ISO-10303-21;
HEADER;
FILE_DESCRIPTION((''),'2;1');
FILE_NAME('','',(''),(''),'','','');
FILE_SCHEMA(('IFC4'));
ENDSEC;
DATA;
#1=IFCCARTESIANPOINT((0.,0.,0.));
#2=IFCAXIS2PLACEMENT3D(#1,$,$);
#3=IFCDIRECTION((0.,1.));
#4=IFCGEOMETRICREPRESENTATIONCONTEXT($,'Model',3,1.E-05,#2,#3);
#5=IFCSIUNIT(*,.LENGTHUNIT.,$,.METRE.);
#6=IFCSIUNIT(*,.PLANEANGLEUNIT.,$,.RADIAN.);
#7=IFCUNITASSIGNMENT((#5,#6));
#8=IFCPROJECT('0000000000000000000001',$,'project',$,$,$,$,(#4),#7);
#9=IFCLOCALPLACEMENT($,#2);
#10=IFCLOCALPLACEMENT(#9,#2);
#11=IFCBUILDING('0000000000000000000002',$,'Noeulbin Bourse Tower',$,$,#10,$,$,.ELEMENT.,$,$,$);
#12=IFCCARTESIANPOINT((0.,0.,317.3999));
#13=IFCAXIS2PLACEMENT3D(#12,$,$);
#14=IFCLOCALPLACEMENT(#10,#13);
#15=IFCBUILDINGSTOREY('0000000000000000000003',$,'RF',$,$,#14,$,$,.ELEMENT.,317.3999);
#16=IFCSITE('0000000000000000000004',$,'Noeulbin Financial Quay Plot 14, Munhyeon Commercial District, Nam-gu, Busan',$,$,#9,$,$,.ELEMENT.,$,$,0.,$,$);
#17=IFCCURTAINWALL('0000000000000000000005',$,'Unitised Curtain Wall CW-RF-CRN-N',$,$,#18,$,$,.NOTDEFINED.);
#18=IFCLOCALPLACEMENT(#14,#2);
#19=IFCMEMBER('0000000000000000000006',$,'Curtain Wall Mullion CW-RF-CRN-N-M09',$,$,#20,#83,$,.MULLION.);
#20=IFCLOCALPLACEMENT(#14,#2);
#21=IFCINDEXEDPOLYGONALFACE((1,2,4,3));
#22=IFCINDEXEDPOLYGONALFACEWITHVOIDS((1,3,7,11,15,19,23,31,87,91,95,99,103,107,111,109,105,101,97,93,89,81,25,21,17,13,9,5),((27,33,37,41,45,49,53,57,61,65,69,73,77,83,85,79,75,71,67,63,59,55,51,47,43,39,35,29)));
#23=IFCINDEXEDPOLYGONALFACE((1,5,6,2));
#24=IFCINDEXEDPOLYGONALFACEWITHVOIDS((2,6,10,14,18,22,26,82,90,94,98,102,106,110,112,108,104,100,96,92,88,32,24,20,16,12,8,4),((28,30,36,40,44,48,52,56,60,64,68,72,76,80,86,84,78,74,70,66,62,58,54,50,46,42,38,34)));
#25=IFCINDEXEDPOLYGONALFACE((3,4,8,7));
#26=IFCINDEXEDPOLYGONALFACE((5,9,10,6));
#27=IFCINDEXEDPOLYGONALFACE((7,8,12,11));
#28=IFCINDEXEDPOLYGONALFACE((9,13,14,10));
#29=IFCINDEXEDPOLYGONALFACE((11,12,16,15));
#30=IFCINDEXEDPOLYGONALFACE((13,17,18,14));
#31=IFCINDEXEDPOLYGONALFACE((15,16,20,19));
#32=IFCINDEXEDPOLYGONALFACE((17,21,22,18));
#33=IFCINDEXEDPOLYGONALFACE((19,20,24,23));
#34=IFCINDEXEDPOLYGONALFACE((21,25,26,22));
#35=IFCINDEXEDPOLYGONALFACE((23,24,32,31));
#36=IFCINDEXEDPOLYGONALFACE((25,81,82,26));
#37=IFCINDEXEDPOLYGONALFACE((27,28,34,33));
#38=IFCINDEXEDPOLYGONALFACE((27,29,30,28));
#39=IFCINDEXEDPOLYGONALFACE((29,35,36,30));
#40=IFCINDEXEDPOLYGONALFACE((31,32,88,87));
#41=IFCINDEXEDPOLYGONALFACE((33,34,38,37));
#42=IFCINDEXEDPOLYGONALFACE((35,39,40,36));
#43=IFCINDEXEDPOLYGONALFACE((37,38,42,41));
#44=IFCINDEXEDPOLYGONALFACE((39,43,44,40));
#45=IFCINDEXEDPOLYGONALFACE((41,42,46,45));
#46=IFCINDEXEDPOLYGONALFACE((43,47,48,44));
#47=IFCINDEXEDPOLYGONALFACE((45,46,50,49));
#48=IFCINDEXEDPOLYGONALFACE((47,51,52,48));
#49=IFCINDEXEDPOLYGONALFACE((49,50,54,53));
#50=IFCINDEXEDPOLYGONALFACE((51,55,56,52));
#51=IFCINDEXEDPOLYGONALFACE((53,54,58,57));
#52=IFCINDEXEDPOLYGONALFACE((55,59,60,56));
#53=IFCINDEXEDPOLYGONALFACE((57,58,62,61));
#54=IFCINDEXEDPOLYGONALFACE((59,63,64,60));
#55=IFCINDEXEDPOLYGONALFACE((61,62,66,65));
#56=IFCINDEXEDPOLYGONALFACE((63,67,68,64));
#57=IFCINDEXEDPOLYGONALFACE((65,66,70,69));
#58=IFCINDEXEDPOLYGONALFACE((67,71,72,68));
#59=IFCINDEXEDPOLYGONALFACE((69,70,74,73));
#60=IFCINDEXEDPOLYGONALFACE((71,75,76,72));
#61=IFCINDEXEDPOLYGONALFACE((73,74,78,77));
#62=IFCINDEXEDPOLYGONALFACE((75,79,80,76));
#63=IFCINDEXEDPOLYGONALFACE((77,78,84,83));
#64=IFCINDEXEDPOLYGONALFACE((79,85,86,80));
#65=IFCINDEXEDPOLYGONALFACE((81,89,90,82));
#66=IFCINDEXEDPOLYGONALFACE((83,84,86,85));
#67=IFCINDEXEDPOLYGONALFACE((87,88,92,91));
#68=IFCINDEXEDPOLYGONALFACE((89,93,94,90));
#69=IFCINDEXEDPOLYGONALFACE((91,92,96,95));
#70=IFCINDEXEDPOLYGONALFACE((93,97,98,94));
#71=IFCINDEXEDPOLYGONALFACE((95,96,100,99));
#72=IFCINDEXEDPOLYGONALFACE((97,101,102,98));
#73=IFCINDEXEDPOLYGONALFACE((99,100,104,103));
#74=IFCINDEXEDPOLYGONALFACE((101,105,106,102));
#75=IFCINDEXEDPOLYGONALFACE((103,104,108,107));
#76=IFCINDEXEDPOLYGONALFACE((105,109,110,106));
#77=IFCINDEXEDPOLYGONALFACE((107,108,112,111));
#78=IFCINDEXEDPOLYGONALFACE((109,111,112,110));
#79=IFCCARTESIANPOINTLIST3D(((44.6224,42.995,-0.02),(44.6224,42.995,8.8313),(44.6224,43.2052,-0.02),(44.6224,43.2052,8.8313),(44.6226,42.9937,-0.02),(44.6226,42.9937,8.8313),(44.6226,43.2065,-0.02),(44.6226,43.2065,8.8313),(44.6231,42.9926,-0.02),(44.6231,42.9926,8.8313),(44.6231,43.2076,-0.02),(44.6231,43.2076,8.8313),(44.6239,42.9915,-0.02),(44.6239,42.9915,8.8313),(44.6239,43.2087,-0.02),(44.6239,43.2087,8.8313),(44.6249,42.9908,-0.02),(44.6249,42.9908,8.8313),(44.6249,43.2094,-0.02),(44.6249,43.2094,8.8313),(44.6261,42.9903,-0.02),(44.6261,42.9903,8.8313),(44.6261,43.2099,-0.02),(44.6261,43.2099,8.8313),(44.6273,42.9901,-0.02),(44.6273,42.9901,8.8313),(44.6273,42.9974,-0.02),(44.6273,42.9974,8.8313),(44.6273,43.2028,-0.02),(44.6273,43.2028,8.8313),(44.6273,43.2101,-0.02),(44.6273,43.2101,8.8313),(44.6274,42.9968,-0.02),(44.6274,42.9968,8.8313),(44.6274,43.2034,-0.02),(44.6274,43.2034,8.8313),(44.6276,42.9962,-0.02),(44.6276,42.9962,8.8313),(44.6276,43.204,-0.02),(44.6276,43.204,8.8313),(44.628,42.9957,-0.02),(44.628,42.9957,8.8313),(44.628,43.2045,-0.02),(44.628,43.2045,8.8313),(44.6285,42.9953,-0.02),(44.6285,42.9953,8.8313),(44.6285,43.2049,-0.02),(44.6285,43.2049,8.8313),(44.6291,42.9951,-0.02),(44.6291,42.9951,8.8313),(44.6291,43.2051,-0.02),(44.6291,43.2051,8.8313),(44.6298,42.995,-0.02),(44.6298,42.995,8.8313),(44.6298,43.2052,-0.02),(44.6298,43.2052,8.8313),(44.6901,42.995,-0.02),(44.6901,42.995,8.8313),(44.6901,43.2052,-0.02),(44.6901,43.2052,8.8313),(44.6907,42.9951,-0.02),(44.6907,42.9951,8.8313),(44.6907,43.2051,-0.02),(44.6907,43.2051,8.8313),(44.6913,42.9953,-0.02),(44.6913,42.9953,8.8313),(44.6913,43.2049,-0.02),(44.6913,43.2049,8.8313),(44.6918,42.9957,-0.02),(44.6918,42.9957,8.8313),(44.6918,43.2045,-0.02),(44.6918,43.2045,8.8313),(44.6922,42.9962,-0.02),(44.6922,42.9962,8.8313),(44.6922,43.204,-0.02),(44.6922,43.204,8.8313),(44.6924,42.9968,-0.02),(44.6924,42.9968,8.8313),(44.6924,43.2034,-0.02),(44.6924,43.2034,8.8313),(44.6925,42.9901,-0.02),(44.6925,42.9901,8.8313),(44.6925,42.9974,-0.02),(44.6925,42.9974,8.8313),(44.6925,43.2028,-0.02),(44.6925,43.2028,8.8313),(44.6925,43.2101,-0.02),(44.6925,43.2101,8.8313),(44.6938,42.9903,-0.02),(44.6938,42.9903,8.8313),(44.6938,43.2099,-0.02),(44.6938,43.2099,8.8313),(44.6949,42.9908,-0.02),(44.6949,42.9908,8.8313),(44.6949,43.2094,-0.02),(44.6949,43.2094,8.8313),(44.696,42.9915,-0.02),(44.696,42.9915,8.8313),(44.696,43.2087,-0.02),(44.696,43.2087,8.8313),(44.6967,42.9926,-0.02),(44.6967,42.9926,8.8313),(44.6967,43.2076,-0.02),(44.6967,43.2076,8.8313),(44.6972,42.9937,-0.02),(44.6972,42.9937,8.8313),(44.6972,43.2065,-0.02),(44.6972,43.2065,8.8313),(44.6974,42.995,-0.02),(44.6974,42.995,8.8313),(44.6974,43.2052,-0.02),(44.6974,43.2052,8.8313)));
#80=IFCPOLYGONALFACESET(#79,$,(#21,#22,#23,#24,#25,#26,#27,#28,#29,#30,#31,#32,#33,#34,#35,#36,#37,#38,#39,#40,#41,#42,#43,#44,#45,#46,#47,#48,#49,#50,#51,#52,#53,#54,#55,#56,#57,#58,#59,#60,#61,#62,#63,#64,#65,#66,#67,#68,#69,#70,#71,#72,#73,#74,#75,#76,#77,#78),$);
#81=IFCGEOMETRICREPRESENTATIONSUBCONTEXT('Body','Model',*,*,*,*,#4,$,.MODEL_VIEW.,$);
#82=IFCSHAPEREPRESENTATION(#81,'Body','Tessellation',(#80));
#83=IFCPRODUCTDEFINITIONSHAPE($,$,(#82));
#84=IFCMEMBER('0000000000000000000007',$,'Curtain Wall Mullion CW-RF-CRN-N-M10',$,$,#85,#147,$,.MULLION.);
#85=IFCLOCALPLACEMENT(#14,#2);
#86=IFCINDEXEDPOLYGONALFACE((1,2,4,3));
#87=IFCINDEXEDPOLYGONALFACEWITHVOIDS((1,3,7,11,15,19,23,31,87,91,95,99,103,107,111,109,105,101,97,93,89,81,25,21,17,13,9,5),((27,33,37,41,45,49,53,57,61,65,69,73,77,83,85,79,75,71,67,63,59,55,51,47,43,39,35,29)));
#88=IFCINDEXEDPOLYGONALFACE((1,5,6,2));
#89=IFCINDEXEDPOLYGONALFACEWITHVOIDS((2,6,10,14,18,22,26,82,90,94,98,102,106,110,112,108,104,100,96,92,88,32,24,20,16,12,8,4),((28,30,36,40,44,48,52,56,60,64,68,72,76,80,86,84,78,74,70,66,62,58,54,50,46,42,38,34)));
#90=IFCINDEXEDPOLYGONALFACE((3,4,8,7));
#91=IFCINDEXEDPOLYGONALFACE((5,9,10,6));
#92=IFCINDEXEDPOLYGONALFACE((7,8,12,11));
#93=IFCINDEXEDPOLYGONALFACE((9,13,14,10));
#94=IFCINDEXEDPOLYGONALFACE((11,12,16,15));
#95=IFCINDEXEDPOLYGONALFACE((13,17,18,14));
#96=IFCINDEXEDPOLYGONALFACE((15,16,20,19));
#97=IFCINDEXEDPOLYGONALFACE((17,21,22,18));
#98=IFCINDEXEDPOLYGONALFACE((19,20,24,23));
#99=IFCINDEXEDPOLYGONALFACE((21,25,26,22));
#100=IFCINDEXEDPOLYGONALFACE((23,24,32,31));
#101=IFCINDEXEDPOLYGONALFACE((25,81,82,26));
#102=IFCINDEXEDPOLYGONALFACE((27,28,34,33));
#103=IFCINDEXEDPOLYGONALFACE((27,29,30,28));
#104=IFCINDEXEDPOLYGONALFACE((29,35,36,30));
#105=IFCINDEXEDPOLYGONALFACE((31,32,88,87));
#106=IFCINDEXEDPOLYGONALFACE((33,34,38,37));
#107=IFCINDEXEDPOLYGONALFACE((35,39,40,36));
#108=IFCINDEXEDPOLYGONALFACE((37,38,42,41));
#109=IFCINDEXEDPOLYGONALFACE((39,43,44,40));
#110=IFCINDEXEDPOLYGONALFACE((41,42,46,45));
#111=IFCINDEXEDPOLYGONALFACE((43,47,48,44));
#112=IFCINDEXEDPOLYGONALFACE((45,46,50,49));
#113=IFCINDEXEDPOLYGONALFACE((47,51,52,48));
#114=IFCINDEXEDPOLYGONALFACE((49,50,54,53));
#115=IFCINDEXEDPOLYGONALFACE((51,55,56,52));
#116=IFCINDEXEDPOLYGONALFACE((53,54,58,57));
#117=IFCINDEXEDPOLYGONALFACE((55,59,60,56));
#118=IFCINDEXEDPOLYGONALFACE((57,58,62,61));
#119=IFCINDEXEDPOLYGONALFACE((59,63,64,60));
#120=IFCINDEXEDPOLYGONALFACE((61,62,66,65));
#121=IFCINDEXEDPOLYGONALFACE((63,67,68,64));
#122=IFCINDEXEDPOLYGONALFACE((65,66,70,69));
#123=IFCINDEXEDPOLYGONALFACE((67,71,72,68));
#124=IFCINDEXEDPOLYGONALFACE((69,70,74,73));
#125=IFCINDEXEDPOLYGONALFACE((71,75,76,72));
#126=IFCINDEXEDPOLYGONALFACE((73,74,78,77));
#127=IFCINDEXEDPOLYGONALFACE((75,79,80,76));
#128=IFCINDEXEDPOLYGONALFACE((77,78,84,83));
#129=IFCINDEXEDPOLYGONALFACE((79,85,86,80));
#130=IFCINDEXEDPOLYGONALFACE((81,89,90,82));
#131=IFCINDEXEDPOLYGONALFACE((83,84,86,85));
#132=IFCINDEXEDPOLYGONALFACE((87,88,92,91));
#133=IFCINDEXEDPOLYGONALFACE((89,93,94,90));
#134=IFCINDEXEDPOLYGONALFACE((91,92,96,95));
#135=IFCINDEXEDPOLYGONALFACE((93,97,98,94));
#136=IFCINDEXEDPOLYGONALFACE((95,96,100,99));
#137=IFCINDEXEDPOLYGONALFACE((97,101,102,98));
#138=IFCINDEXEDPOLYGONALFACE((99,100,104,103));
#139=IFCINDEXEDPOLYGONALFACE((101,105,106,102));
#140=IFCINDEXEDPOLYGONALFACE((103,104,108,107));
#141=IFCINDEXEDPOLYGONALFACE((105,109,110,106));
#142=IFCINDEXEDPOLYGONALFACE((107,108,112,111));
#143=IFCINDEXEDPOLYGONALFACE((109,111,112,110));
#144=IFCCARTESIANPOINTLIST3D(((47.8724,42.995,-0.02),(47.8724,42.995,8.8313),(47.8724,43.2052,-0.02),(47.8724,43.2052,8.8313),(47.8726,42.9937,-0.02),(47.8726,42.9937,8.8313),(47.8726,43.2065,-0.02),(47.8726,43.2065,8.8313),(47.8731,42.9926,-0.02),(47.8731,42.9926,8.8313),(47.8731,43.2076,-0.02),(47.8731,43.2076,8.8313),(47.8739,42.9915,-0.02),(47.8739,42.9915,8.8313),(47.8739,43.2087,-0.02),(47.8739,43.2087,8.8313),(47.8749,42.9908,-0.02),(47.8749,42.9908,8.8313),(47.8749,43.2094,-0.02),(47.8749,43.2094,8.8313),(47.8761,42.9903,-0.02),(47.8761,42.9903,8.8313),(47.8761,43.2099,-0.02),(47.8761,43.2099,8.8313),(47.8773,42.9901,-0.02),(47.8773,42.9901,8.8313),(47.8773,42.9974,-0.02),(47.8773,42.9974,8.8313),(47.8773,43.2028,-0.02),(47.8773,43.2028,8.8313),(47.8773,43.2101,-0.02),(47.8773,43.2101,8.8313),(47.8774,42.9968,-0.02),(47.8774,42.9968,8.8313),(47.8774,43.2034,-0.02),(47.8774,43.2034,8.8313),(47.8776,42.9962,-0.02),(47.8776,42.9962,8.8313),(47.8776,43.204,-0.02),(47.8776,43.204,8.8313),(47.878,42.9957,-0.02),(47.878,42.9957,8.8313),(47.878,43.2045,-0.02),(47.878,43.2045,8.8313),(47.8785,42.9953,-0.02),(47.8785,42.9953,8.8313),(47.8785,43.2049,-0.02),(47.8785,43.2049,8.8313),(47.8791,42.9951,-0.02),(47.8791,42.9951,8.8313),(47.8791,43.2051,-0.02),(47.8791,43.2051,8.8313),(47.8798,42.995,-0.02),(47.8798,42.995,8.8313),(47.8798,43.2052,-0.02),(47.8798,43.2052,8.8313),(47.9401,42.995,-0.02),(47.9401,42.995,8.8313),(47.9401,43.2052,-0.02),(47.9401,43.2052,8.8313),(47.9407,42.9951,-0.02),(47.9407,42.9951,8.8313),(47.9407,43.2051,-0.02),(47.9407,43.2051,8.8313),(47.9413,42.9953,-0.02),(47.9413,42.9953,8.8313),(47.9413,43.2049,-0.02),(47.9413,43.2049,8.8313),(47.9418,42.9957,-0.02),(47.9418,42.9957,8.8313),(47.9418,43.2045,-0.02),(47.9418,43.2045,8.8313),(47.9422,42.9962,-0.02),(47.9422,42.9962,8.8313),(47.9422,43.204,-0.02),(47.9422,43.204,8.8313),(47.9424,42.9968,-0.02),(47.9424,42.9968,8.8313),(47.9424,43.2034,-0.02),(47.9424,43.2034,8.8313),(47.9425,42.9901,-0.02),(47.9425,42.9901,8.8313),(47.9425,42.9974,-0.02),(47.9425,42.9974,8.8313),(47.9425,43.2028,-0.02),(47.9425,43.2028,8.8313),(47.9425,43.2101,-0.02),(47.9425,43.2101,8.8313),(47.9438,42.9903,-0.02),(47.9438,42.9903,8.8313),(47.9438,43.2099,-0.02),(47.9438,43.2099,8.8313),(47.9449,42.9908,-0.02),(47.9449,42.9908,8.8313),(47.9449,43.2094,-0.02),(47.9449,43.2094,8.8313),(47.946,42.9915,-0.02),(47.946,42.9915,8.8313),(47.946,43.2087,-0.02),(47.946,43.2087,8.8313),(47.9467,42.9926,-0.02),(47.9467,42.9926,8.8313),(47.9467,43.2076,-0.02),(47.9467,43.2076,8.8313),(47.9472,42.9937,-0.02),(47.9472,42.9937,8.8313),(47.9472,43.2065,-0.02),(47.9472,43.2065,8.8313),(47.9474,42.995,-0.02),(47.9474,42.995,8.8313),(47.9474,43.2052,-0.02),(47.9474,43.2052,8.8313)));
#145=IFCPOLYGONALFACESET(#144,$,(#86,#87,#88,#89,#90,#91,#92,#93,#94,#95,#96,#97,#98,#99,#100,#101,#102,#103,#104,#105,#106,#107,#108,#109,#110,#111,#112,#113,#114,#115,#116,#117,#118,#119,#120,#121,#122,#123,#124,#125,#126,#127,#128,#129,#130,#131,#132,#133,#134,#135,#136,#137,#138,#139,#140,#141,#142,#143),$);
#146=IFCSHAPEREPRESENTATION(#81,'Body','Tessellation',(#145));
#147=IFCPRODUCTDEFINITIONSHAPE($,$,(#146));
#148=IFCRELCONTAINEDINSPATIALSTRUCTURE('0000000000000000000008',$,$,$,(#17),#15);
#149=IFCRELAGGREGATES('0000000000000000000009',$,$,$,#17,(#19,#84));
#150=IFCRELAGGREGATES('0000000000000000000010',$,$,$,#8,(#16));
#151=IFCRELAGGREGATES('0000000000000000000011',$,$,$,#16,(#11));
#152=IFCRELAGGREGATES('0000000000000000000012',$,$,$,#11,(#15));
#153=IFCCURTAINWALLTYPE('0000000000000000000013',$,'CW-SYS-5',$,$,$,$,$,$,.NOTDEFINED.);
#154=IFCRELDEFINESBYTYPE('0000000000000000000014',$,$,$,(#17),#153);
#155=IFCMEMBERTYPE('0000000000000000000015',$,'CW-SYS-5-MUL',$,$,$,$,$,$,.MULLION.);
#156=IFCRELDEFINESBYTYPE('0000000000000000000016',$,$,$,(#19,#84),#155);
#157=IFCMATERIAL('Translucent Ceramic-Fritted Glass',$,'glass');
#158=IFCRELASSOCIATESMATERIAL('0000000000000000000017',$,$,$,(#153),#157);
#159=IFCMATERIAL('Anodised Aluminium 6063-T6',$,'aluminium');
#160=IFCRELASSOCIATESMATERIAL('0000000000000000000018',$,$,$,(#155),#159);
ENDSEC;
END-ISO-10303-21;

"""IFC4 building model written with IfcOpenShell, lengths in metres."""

from ifc_helpers import new_model, si_unit, direction, frame, origin, origin_2d, place, context, subcontext, project, spatial, hollow_rectangle, extrude, material, material_profile, profile_set, type_object, element, aggregate, save


model = new_model("IFC4")

# Units and contexts
model_context = context("Model", 3, precision=1e-05, world=origin(), true_north=direction((0.0, 1.0)))
body_context = subcontext(model_context, "Body", "Model", "MODEL_VIEW")
ifc_project = project(units=[si_unit("LENGTHUNIT", "METRE"), si_unit("PLANEANGLEUNIT", "RADIAN")], contexts=[model_context])

# Site, building, storey
site_placement = place(None, origin())
site = spatial("IfcSite", under=ifc_project, at=site_placement, Name="Noeulbin Financial Quay Plot 14, Munhyeon Commercial District, Nam-gu, Busan", CompositionType="ELEMENT", RefElevation=0.0)
building_placement = place(site_placement, origin())
building = spatial("IfcBuilding", under=site, at=building_placement, Name="Noeulbin Bourse Tower", CompositionType="ELEMENT")
storey_placement = place(building_placement, frame((0.0, 0.0, 317.3999)))
storey = spatial("IfcBuildingStorey", under=building, at=storey_placement, Name="RF", CompositionType="ELEMENT", Elevation=317.3999)

# Curtain wall, members
ifc_material_1 = material(Name="Translucent Ceramic-Fritted Glass", Category="glass")
curtain_wall_type = type_object("IfcCurtainWallType", Name="CW-SYS-5", PredefinedType="NOTDEFINED", material=ifc_material_1)
curtain_wall_1_placement = place(storey_placement, origin())
curtain_wall_1 = element("IfcCurtainWall", 1, at=curtain_wall_1_placement, inside=storey, type_object=curtain_wall_type, Name="Unitised Curtain Wall CW-RF-CRN-N", PredefinedType="NOTDEFINED")
ifc_material_2 = material(Name="Anodised Aluminium 6063-T6", Category="aluminium")
ifc_material_profile_1 = material_profile(ifc_material_2, hollow_rectangle(XDim=0.075, YDim=0.22, WallThickness=0.0049, InnerFilletRadius=0.0024, OuterFilletRadius=0.0049, at=origin_2d()), Name="ALU-MULL-75x220x5", Category="LoadBearing")
ifc_profile_set_1 = profile_set([ifc_material_profile_1], Name="Anodised Aluminium 6063-T6")
member_type_1 = type_object("IfcMemberType", Name="CW-SYS-5-MUL", PredefinedType="MULLION", material=ifc_profile_set_1)
member_1_placement = place(storey_placement, frame((44.6599, 43.1001, -0.02), z_axis=(0.0, 0.0, 1.0), x_axis=(1.0, 0.0, 0.0)))
member_1 = element("IfcMember", 2, at=member_1_placement, type_object=member_type_1, Name="Curtain Wall Mullion CW-RF-CRN-N-M09", PredefinedType="MULLION", context=body_context, shape_type="SweptSolid", body=[
    extrude(hollow_rectangle(XDim=0.075, YDim=0.22, WallThickness=0.0049, InnerFilletRadius=0.0024, OuterFilletRadius=0.0049, at=origin_2d()), origin(), (0.0, 0.0, 1.0), 8.8513),
])
member_2_placement = place(storey_placement, frame((47.9099, 43.1001, -0.02), z_axis=(0.0, 0.0, 1.0), x_axis=(1.0, 0.0, 0.0)))
member_2 = element("IfcMember", 3, at=member_2_placement, type_object=member_type_1, Name="Curtain Wall Mullion CW-RF-CRN-N-M10", PredefinedType="MULLION", context=body_context, shape_type="SweptSolid", body=[
    extrude(hollow_rectangle(XDim=0.075, YDim=0.22, WallThickness=0.0049, InnerFilletRadius=0.0024, OuterFilletRadius=0.0049, at=origin_2d()), origin(), (0.0, 0.0, 1.0), 8.8513),
])

aggregate(curtain_wall_1, [member_1, member_2])

save(model, "model.ifc")
